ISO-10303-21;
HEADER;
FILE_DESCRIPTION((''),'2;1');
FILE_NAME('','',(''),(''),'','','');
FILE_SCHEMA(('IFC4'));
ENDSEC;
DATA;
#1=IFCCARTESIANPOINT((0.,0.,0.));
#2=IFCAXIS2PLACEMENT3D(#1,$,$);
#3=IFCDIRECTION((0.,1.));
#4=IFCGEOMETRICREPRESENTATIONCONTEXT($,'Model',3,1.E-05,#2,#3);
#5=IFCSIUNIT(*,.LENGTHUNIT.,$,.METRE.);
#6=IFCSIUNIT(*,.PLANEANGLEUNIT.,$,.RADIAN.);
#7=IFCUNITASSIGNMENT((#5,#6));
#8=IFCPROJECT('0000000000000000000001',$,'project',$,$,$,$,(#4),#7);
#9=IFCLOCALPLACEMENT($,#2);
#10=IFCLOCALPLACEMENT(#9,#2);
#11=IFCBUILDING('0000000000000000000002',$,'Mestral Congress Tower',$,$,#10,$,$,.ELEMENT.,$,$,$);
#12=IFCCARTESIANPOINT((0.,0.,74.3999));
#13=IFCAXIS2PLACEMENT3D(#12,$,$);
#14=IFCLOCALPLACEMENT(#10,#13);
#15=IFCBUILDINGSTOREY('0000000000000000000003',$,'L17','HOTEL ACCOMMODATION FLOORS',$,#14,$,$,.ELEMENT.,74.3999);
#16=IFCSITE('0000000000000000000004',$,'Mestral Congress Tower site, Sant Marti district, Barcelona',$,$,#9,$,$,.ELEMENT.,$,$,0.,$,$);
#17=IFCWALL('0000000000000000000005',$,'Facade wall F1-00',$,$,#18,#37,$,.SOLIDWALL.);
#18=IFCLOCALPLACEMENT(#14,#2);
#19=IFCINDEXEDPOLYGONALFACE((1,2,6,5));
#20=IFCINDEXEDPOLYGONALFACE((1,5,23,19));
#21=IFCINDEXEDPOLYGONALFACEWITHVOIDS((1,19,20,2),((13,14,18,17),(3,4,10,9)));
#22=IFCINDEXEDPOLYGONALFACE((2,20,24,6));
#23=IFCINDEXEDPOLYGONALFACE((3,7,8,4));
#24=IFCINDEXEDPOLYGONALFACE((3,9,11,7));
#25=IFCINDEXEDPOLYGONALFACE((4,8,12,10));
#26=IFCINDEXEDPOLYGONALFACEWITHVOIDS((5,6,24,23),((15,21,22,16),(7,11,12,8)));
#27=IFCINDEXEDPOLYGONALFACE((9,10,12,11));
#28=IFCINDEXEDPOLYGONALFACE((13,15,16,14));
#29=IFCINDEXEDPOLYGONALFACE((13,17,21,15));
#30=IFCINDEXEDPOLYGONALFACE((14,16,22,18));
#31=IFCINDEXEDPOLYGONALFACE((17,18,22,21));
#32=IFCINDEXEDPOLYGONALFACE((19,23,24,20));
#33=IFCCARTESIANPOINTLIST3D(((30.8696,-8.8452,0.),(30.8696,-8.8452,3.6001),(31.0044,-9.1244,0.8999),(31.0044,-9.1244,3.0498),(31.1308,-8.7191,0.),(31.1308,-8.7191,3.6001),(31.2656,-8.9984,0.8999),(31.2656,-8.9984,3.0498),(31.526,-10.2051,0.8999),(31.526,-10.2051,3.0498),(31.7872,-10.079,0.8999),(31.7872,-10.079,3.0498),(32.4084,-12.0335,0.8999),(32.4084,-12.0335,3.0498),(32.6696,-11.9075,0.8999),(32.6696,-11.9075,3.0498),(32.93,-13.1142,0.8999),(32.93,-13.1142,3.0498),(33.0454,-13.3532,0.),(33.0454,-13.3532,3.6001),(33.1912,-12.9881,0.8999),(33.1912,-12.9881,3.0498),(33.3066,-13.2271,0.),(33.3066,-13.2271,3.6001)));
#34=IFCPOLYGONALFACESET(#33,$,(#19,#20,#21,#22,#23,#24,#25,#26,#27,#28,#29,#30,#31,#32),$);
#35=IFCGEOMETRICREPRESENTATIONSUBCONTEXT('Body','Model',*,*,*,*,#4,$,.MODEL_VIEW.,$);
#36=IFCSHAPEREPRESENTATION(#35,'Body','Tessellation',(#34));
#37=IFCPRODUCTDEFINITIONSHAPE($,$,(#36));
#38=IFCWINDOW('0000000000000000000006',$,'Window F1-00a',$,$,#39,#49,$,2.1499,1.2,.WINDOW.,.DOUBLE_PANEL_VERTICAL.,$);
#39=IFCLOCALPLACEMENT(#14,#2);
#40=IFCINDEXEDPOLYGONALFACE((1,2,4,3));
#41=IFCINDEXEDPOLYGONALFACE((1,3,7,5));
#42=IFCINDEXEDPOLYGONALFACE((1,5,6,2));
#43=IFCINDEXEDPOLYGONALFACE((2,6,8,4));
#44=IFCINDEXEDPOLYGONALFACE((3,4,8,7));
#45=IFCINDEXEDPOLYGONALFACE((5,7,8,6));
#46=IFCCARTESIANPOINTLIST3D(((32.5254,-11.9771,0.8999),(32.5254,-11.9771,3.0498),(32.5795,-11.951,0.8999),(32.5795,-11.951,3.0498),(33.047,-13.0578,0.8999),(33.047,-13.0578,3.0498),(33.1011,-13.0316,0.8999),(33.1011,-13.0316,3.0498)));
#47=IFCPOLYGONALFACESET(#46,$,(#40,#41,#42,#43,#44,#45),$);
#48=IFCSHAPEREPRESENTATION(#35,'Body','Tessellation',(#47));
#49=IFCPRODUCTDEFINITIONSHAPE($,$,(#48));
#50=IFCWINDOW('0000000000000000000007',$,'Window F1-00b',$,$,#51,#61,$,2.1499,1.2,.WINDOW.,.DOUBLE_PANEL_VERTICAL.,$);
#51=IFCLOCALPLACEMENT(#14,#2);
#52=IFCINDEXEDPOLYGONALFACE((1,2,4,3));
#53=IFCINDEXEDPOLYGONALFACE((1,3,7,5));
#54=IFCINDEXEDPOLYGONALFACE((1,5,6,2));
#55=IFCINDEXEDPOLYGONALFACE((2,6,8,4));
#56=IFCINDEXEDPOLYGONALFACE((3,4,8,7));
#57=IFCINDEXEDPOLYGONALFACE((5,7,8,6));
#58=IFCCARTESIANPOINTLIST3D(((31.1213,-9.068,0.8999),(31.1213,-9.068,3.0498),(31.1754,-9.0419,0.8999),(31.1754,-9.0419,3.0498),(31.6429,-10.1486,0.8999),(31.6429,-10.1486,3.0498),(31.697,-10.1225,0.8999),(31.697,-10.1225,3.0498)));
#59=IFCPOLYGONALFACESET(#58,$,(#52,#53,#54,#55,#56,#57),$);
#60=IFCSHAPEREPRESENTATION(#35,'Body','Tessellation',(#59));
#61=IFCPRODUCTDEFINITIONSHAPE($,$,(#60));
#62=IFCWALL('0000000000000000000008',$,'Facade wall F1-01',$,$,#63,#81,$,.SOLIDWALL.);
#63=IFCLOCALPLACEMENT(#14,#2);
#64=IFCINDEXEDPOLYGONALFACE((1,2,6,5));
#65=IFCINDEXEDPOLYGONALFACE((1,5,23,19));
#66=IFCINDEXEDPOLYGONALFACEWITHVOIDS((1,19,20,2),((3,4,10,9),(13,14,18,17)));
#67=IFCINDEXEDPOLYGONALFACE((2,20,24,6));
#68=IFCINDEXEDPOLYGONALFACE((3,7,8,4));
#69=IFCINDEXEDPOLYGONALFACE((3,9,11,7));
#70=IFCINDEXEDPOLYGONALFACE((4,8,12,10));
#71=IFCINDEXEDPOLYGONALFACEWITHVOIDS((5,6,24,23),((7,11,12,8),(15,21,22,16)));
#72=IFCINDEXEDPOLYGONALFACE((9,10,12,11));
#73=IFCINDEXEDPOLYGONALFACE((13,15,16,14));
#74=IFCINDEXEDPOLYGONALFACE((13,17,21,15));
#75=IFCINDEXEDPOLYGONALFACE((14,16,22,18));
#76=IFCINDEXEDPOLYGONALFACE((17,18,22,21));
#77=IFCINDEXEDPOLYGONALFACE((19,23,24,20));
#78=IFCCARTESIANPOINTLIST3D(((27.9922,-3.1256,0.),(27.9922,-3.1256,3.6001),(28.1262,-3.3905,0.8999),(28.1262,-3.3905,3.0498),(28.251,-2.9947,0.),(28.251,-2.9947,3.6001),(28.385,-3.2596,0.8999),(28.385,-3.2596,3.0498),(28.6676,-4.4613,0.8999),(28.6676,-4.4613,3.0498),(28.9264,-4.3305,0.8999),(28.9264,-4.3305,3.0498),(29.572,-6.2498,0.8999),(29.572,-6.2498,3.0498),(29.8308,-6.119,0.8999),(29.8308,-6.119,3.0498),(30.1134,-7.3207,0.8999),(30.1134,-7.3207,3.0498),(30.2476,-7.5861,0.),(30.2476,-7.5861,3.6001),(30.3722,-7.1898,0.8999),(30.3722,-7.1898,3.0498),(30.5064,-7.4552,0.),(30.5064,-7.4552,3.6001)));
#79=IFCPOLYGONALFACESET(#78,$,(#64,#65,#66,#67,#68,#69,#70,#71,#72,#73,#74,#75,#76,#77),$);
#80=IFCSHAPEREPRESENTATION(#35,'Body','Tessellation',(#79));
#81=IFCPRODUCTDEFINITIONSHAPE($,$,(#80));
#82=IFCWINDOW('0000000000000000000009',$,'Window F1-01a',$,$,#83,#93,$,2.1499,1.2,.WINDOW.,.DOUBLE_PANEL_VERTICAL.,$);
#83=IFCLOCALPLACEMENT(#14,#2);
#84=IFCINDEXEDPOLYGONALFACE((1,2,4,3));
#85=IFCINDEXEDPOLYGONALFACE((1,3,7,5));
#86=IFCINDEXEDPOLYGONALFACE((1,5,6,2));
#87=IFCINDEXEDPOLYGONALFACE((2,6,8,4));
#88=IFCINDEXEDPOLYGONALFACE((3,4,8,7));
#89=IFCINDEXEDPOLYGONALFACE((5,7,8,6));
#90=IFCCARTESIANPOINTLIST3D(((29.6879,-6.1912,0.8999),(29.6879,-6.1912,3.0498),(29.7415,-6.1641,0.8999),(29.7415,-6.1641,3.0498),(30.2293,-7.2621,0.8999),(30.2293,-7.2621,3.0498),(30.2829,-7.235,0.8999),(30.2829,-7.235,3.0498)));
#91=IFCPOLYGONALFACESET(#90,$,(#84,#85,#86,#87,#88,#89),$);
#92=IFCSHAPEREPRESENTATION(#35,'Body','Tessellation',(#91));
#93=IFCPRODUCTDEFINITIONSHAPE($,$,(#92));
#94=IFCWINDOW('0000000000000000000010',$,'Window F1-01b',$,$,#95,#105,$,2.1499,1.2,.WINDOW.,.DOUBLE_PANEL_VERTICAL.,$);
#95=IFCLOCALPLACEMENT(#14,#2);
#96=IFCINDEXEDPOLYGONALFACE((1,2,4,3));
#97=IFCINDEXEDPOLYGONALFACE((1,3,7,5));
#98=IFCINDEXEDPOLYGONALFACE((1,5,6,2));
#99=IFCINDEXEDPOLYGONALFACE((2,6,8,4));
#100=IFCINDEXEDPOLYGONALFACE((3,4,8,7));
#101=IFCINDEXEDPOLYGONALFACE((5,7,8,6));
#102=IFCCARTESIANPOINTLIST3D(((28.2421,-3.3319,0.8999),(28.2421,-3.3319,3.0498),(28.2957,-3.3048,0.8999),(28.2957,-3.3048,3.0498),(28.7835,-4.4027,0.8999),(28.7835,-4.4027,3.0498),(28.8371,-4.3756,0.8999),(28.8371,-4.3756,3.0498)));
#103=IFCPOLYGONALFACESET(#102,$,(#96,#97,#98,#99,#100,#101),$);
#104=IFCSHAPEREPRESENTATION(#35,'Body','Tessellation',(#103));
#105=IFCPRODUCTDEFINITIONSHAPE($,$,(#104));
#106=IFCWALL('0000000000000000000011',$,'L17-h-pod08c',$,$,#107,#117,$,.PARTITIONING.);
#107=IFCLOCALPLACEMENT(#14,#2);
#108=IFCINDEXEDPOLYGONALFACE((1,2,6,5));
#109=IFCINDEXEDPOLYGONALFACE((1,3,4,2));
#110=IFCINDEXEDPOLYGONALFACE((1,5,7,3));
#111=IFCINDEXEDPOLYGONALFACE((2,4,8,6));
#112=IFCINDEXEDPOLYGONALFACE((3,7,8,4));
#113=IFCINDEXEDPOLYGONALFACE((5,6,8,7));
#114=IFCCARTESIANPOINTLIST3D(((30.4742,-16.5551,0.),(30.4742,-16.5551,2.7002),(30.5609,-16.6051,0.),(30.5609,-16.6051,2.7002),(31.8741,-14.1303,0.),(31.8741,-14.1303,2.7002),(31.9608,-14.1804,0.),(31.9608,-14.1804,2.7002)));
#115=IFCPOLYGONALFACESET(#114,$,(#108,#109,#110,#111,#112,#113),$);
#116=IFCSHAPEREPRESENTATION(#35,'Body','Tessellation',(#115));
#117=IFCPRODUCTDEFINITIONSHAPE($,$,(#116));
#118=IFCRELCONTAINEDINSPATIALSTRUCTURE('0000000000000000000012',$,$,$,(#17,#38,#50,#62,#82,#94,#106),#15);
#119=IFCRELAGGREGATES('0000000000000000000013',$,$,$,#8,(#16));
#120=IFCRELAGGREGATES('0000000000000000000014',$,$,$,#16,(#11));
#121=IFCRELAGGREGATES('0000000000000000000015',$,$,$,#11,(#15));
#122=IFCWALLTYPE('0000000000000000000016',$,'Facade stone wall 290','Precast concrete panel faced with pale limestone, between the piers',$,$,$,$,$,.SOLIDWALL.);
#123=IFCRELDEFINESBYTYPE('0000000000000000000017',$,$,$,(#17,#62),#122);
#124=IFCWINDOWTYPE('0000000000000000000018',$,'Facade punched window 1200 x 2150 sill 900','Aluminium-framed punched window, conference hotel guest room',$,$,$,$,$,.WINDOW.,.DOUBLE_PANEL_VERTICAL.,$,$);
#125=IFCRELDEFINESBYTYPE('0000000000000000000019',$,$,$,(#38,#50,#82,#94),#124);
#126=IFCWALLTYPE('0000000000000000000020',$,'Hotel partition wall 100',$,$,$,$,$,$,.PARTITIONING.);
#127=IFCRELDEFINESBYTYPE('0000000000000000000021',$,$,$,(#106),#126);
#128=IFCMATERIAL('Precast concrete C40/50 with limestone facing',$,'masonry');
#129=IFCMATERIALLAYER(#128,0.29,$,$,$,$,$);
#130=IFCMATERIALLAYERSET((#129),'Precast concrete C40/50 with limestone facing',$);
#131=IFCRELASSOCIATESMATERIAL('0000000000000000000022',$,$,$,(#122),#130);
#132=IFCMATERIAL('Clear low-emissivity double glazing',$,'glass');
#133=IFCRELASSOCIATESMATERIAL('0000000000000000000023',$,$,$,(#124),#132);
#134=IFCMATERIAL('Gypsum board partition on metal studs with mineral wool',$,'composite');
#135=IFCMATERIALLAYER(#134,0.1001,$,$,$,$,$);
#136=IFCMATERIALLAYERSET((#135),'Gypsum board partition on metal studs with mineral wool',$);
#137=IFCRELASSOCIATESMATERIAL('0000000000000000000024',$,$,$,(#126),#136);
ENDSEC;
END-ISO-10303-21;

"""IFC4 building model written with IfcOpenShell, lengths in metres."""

from ifc_helpers import new_model, si_unit, direction, frame, frame_2d, origin, place, context, subcontext, project, spatial, rectangle, extrude, material, layer, layer_set, type_object, element, fill, save


model = new_model("IFC4")

# Units and contexts
model_context = context("Model", 3, precision=1e-05, world=origin(), true_north=direction((0.0, 1.0)))
body_context = subcontext(model_context, "Body", "Model", "MODEL_VIEW")
ifc_project = project(units=[si_unit("LENGTHUNIT", "METRE"), si_unit("PLANEANGLEUNIT", "RADIAN")], contexts=[model_context])

# Site, building, storey
site_placement = place(None, origin())
site = spatial("IfcSite", under=ifc_project, at=site_placement, Name="Mestral Congress Tower site, Sant Marti district, Barcelona", CompositionType="ELEMENT", RefElevation=0.0)
building_placement = place(site_placement, origin())
building = spatial("IfcBuilding", under=site, at=building_placement, Name="Mestral Congress Tower", CompositionType="ELEMENT")
storey_placement = place(building_placement, frame((0.0, 0.0, 74.3999)))
storey = spatial("IfcBuildingStorey", under=building, at=storey_placement, Name="L17", Description="HOTEL ACCOMMODATION FLOORS", CompositionType="ELEMENT", Elevation=74.3999)

# Shared definitions
ifc_material_1 = material(Name="Precast concrete C40/50 with limestone facing", Category="masonry")
ifc_layer_1 = layer(ifc_material_1, 0.29)
ifc_layer_set_1 = layer_set([ifc_layer_1], Name="Precast concrete C40/50 with limestone facing")
wall_type_1 = type_object("IfcWallType", Name="Facade stone wall 290", Description="Precast concrete panel faced with pale limestone, between the piers", PredefinedType="SOLIDWALL", material=ifc_layer_set_1)
ifc_material_2 = material(Name="Clear low-emissivity double glazing", Category="glass")

# Walls, openings, windows
wall_1_placement = place(storey_placement, frame((33.176, -13.2903, 0.0), z_axis=(0.0, 0.0, 1.0), x_axis=(-0.434664, 0.900592, 0.0)))
wall_1 = element("IfcWall", 1, at=wall_1_placement, inside=storey, type_object=wall_type_1, Name="Facade wall F1-00", PredefinedType="SOLIDWALL", context=body_context, shape_type="SweptSolid", body=[
    extrude(rectangle(XDim=5.0056, YDim=0.29, at=frame_2d((2.5029, 0.0))), origin(), (0.0, 0.0, 1.0), 3.6001),
])
opening_1_placement = place(wall_1_placement, frame((0.2654, 0.0, 0.8999)))
opening_1 = element("IfcOpeningElement", 2, at=opening_1_placement, cuts=wall_1, PredefinedType="OPENING", context=body_context, shape_type="SweptSolid", body=[
    extrude(rectangle(XDim=1.2, YDim=2.1499, at=frame_2d((0.6001, 1.075))), frame((0.0, 0.155, 0.0), z_axis=(0.0, -1.0, 0.0), x_axis=(1.0, 0.0, 0.0)), (0.0, 0.0, 1.0), 0.3101),
])
opening_2_placement = place(wall_1_placement, frame((3.4956, 0.0, 0.8999)))
opening_2 = element("IfcOpeningElement", 3, at=opening_2_placement, cuts=wall_1, PredefinedType="OPENING", context=body_context, shape_type="SweptSolid", body=[
    extrude(rectangle(XDim=1.2, YDim=2.1499, at=frame_2d((0.6001, 1.075))), frame((0.0, 0.155, 0.0), z_axis=(0.0, -1.0, 0.0), x_axis=(1.0, 0.0, 0.0)), (0.0, 0.0, 1.0), 0.3101),
])
window_type_1 = type_object("IfcWindowType", Name="Facade punched window 1200 x 2150 sill 900", Description="Aluminium-framed punched window, conference hotel guest room", PartitioningType="DOUBLE_PANEL_VERTICAL", PredefinedType="WINDOW", material=ifc_material_2)
window_1_placement = place(opening_1_placement, origin())
window_1 = element("IfcWindow", 4, at=window_1_placement, inside=storey, type_object=window_type_1, Name="Window F1-00a", OverallHeight=2.1499, OverallWidth=1.2, PartitioningType="DOUBLE_PANEL_VERTICAL", PredefinedType="WINDOW", context=body_context, shape_type="SweptSolid", body=[
    extrude(rectangle(XDim=1.2, YDim=2.1499, at=frame_2d((0.6001, 1.075))), frame((0.0, 0.0151, 0.0), z_axis=(0.0, -1.0, 0.0), x_axis=(1.0, 0.0, 0.0)), (0.0, 0.0, 1.0), 0.0601),
])
fill(opening_1, window_1)
window_2_placement = place(opening_2_placement, origin())
window_2 = element("IfcWindow", 5, at=window_2_placement, inside=storey, type_object=window_type_1, Name="Window F1-00b", OverallHeight=2.1499, OverallWidth=1.2, PartitioningType="DOUBLE_PANEL_VERTICAL", PredefinedType="WINDOW", context=body_context, shape_type="SweptSolid", body=[
    extrude(rectangle(XDim=1.2, YDim=2.1499, at=frame_2d((0.6001, 1.075))), frame((0.0, 0.0151, 0.0), z_axis=(0.0, -1.0, 0.0), x_axis=(1.0, 0.0, 0.0)), (0.0, 0.0, 1.0), 0.0601),
])
fill(opening_2, window_2)
wall_2_placement = place(storey_placement, frame((30.377, -7.5205, 0.0), z_axis=(0.0, 0.0, 1.0), x_axis=(-0.451234, 0.892406, 0.0)))
wall_2 = element("IfcWall", 6, at=wall_2_placement, inside=storey, type_object=wall_type_1, Name="Facade wall F1-01", PredefinedType="SOLIDWALL", context=body_context, shape_type="SweptSolid", body=[
    extrude(rectangle(XDim=4.9983, YDim=0.29, at=frame_2d((2.499, 0.0))), origin(), (0.0, 0.0, 1.0), 3.6001),
])
opening_3_placement = place(wall_2_placement, frame((0.2971, 0.0, 0.8999)))
opening_3 = element("IfcOpeningElement", 7, at=opening_3_placement, cuts=wall_2, PredefinedType="OPENING", context=body_context, shape_type="SweptSolid", body=[
    extrude(rectangle(XDim=1.2, YDim=2.1499, at=frame_2d((0.6001, 1.075))), frame((0.0, 0.155, 0.0), z_axis=(0.0, -1.0, 0.0), x_axis=(1.0, 0.0, 0.0)), (0.0, 0.0, 1.0), 0.3101),
])
opening_4_placement = place(wall_2_placement, frame((3.5012, 0.0, 0.8999)))
opening_4 = element("IfcOpeningElement", 8, at=opening_4_placement, cuts=wall_2, PredefinedType="OPENING", context=body_context, shape_type="SweptSolid", body=[
    extrude(rectangle(XDim=1.2, YDim=2.1499, at=frame_2d((0.6001, 1.075))), frame((0.0, 0.155, 0.0), z_axis=(0.0, -1.0, 0.0), x_axis=(1.0, 0.0, 0.0)), (0.0, 0.0, 1.0), 0.3101),
])
window_3_placement = place(opening_3_placement, origin())
window_3 = element("IfcWindow", 9, at=window_3_placement, inside=storey, type_object=window_type_1, Name="Window F1-01a", OverallHeight=2.1499, OverallWidth=1.2, PartitioningType="DOUBLE_PANEL_VERTICAL", PredefinedType="WINDOW", context=body_context, shape_type="SweptSolid", body=[
    extrude(rectangle(XDim=1.2, YDim=2.1499, at=frame_2d((0.6001, 1.075))), frame((0.0, 0.0151, 0.0), z_axis=(0.0, -1.0, 0.0), x_axis=(1.0, 0.0, 0.0)), (0.0, 0.0, 1.0), 0.0601),
])
fill(opening_3, window_3)
window_4_placement = place(opening_4_placement, origin())
window_4 = element("IfcWindow", 10, at=window_4_placement, inside=storey, type_object=window_type_1, Name="Window F1-01b", OverallHeight=2.1499, OverallWidth=1.2, PartitioningType="DOUBLE_PANEL_VERTICAL", PredefinedType="WINDOW", context=body_context, shape_type="SweptSolid", body=[
    extrude(rectangle(XDim=1.2, YDim=2.1499, at=frame_2d((0.6001, 1.075))), frame((0.0, 0.0151, 0.0), z_axis=(0.0, -1.0, 0.0), x_axis=(1.0, 0.0, 0.0)), (0.0, 0.0, 1.0), 0.0601),
])
fill(opening_4, window_4)

# Wall
ifc_material_3 = material(Name="Gypsum board partition on metal studs with mineral wool", Category="composite")
ifc_layer_2 = layer(ifc_material_3, 0.1001)
ifc_layer_set_2 = layer_set([ifc_layer_2], Name="Gypsum board partition on metal studs with mineral wool")
wall_type_2 = type_object("IfcWallType", Name="Hotel partition wall 100", PredefinedType="PARTITIONING", material=ifc_layer_set_2)
wall_3_placement = place(storey_placement, frame((30.5176, -16.5801, 0.0), z_axis=(0.0, 0.0, 1.0), x_axis=(0.499984, 0.866035, 0.0)))
element("IfcWall", 11, at=wall_3_placement, inside=storey, type_object=wall_type_2, Name="L17-h-pod08c", PredefinedType="PARTITIONING", context=body_context, shape_type="SweptSolid", body=[
    extrude(rectangle(XDim=2.7998, YDim=0.1001, at=frame_2d((1.3999, 0.0))), origin(), (0.0, 0.0, 1.0), 2.7002),
])

save(model, "model.ifc")
